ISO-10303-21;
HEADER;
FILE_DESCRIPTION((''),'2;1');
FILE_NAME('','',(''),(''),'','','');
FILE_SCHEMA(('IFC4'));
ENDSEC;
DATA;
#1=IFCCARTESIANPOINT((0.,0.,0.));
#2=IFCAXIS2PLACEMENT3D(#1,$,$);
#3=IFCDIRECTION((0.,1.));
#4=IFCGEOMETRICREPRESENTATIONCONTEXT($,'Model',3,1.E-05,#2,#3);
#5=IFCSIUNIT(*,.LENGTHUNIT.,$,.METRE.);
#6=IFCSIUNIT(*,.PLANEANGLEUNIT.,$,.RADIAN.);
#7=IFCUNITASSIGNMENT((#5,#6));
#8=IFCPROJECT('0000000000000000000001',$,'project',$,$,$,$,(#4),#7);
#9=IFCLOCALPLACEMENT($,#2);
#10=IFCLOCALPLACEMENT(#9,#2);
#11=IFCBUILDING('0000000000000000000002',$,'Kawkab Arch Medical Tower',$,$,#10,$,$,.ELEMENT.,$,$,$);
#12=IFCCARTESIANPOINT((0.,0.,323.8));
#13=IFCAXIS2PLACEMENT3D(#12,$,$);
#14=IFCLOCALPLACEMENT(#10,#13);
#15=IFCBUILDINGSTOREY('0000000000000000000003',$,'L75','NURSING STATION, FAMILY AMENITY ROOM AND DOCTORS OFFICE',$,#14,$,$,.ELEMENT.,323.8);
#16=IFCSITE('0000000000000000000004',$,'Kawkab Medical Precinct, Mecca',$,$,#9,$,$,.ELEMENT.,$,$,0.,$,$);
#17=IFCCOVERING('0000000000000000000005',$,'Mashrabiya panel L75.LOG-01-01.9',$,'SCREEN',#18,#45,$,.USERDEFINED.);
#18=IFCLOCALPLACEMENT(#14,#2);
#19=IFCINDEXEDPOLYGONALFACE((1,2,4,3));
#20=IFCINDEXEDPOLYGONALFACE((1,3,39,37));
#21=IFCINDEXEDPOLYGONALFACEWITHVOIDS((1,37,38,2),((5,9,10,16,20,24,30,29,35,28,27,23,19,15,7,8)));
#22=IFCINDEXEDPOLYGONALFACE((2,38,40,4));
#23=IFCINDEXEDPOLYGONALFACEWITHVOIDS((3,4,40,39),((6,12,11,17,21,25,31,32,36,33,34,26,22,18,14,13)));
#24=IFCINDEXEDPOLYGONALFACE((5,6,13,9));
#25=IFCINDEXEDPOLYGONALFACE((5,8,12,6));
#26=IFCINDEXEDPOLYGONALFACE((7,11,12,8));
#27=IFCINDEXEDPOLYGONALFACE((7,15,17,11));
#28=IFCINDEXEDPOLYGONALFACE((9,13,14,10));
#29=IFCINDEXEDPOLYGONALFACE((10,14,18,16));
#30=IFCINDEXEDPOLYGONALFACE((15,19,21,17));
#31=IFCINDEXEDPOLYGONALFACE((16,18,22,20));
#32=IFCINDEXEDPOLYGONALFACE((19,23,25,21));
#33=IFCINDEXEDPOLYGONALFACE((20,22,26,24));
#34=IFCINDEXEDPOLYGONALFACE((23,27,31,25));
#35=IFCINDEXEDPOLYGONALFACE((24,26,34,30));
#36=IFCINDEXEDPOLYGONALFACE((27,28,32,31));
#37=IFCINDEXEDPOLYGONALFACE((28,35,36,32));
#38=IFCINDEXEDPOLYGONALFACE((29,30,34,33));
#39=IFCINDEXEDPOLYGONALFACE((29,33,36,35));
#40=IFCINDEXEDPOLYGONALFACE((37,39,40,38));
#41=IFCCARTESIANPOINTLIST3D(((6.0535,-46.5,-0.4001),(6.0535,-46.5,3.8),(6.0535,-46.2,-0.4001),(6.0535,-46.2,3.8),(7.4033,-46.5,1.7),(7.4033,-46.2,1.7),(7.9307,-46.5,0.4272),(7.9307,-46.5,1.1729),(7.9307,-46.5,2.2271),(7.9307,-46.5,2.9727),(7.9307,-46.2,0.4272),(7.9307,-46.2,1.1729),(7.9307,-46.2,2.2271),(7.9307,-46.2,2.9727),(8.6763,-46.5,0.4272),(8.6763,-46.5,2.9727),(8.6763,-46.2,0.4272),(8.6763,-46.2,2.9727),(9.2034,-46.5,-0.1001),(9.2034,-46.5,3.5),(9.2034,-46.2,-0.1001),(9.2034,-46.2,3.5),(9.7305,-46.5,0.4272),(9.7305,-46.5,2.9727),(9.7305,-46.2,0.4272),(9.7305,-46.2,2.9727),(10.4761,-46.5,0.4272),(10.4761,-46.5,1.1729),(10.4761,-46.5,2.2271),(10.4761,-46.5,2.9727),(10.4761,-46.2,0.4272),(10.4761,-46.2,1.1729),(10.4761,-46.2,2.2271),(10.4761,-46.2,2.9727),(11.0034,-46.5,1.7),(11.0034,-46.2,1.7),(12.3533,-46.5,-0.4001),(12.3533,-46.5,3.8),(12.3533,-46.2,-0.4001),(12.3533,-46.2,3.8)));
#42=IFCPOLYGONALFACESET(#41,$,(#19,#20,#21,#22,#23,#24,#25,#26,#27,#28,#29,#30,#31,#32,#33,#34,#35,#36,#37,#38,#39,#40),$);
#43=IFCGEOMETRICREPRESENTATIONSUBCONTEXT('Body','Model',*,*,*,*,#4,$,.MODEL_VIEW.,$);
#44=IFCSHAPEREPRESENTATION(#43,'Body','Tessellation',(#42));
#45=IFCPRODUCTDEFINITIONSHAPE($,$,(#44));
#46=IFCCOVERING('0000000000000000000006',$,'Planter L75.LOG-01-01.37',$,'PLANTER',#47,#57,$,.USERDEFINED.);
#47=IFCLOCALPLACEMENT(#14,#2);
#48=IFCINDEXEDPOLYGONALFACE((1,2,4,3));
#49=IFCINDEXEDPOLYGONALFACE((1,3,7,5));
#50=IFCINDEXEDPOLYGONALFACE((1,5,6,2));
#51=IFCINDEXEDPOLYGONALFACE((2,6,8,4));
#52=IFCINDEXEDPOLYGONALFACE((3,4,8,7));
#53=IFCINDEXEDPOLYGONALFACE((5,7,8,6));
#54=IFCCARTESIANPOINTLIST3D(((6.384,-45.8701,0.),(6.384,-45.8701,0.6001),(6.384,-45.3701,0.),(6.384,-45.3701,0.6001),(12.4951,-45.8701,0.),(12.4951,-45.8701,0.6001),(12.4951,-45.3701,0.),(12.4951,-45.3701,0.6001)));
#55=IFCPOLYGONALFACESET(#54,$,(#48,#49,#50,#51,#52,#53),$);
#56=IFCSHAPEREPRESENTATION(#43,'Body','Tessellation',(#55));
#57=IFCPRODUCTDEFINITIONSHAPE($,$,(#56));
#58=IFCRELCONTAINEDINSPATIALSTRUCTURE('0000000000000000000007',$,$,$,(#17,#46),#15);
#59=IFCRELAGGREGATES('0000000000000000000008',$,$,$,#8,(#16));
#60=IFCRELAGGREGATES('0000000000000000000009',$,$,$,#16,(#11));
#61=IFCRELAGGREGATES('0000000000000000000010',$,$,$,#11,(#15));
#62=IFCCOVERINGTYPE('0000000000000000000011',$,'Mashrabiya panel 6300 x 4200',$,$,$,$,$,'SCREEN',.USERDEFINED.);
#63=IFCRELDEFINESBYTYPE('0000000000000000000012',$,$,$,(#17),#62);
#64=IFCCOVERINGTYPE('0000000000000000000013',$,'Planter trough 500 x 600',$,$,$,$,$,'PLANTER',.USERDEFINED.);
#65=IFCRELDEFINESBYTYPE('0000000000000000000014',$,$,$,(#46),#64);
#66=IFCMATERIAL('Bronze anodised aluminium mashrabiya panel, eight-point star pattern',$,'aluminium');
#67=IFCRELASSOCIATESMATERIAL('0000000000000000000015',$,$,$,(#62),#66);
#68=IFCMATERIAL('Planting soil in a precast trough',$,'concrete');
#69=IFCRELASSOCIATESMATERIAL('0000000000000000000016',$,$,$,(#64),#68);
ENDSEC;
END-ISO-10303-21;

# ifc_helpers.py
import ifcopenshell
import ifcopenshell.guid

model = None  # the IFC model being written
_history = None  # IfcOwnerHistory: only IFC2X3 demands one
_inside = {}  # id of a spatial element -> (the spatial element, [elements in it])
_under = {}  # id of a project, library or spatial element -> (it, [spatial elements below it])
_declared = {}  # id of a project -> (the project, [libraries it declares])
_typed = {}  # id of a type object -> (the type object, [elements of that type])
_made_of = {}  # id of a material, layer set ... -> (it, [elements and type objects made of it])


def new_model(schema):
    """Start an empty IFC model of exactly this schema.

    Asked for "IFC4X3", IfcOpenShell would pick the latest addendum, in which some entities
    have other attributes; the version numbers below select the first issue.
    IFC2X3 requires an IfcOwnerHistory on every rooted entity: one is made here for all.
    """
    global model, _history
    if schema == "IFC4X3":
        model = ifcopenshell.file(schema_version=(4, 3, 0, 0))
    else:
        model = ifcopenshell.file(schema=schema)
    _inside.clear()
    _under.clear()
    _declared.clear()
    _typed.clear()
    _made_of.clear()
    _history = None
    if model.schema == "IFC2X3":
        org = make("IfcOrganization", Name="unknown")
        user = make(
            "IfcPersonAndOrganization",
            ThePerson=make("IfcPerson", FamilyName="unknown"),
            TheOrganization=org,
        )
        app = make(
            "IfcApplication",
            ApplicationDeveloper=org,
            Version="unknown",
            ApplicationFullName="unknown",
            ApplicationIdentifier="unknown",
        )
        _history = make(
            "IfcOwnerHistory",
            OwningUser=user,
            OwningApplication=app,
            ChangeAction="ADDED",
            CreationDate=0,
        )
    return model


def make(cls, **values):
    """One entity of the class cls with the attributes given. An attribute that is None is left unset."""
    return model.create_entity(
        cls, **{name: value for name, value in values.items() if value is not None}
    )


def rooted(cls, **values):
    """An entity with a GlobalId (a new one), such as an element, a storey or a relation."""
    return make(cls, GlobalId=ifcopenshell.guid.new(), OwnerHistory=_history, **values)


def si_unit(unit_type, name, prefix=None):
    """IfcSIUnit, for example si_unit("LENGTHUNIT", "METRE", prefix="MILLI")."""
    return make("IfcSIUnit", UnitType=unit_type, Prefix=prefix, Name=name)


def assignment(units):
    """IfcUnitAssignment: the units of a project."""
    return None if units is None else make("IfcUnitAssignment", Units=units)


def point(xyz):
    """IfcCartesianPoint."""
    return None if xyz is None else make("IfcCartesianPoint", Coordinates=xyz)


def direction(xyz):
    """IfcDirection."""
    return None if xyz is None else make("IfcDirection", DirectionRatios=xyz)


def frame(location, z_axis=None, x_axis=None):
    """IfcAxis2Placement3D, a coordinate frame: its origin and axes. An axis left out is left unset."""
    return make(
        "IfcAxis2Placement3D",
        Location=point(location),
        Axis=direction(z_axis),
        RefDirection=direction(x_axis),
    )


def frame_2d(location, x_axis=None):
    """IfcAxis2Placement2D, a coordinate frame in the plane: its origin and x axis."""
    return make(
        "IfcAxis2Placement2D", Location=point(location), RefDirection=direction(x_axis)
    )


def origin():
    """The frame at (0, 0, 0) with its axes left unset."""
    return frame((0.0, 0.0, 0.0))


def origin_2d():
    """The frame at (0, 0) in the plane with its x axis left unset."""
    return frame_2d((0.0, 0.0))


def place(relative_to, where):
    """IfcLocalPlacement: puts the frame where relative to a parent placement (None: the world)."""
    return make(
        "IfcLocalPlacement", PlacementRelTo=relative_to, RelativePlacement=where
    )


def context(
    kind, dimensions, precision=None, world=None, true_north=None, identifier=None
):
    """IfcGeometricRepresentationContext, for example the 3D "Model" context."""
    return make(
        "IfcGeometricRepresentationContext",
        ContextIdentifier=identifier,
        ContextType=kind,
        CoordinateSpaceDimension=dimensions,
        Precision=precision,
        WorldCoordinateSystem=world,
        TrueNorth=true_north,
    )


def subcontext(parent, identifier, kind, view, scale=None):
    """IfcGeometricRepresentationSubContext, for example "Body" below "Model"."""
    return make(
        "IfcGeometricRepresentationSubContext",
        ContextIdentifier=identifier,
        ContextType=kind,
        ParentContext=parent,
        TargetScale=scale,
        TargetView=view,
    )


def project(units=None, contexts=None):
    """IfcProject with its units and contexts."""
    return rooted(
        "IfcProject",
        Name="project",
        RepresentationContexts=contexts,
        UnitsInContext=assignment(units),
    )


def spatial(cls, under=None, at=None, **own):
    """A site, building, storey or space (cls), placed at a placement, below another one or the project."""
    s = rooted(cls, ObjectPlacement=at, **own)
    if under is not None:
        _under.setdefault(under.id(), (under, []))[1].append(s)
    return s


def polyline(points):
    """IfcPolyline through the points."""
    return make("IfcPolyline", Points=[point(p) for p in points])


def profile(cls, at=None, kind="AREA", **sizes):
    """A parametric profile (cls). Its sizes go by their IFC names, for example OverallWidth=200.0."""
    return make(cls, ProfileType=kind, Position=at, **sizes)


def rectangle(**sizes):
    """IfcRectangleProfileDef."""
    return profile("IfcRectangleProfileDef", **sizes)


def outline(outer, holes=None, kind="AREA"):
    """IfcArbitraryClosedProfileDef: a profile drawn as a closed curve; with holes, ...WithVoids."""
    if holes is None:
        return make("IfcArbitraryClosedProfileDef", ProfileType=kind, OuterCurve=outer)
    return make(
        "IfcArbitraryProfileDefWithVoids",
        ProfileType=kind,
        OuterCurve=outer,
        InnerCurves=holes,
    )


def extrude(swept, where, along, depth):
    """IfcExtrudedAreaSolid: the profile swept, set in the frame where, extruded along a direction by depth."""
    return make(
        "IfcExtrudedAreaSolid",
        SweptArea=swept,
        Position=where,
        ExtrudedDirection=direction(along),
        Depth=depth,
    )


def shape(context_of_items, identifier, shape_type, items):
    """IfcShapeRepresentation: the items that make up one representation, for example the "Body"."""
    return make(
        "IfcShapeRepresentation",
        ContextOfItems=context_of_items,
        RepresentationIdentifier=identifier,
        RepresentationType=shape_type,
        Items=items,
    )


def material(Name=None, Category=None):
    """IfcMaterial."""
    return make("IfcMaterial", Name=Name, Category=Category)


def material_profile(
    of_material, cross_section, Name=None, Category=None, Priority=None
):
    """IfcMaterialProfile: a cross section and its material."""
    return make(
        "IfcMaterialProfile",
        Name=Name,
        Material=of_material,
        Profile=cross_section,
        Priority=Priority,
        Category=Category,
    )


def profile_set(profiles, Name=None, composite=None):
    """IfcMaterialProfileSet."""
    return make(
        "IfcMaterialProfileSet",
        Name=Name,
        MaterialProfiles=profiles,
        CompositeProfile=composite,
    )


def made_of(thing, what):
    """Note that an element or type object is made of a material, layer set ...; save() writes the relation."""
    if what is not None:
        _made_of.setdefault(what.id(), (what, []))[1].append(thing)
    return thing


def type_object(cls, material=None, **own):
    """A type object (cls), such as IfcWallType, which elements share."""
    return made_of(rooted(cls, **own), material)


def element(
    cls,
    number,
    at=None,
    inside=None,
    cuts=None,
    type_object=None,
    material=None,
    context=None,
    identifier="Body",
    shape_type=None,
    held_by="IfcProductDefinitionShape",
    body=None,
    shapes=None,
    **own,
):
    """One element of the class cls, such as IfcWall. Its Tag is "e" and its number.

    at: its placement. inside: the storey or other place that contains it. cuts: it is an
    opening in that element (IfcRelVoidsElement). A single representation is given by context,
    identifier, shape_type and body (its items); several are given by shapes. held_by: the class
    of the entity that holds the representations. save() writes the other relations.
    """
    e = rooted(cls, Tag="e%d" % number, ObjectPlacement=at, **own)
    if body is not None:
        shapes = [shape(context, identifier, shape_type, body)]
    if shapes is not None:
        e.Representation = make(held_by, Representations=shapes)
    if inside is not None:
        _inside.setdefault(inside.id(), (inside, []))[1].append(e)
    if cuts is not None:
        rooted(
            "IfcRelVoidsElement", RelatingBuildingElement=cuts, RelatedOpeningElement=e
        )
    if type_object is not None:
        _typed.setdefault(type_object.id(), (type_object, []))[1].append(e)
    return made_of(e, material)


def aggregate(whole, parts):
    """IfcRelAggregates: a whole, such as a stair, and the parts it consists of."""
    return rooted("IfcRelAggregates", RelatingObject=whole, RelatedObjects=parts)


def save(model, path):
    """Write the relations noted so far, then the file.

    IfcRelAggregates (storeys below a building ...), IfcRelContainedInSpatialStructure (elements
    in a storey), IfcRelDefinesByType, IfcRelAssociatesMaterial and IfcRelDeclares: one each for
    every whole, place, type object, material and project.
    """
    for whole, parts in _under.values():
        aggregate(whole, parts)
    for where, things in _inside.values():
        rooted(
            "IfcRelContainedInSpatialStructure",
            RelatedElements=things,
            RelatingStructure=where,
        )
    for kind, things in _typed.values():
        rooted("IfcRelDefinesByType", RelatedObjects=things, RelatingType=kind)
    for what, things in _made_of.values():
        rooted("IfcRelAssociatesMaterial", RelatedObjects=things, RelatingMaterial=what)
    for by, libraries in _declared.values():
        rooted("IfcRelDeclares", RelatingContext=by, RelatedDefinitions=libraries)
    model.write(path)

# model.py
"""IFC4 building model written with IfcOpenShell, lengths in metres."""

from ifc_helpers import new_model, si_unit, direction, frame, origin, origin_2d, place, context, subcontext, project, spatial, polyline, rectangle, outline, extrude, material, material_profile, profile_set, type_object, element, save


model = new_model("IFC4")

# Units and contexts
model_context = context("Model", 3, precision=1e-05, world=origin(), true_north=direction((0.0, 1.0)))
body_context = subcontext(model_context, "Body", "Model", "MODEL_VIEW")
ifc_project = project(units=[si_unit("LENGTHUNIT", "METRE"), si_unit("PLANEANGLEUNIT", "RADIAN")], contexts=[model_context])

# Site, building, storey
site_placement = place(None, origin())
site = spatial("IfcSite", under=ifc_project, at=site_placement, Name="Kawkab Medical Precinct, Mecca", CompositionType="ELEMENT", RefElevation=0.0)
building_placement = place(site_placement, origin())
building = spatial("IfcBuilding", under=site, at=building_placement, Name="Kawkab Arch Medical Tower", CompositionType="ELEMENT")
storey_placement = place(building_placement, frame((0.0, 0.0, 323.8)))
storey = spatial("IfcBuildingStorey", under=building, at=storey_placement, Name="L75", Description="NURSING STATION, FAMILY AMENITY ROOM AND DOCTORS OFFICE", CompositionType="ELEMENT", Elevation=323.8)

# Coverings
ifc_material_1 = material(Name="Bronze anodised aluminium mashrabiya panel, eight-point star pattern", Category="aluminium")
ifc_material_profile_1 = material_profile(ifc_material_1, outline(polyline([(-3.1499, -2.1001), (3.1499, -2.1001), (3.1499, 2.1001), (-3.1499, 2.1001), (-3.1499, -2.1001)]), holes=[polyline([(1.8, 0.0), (1.2727, 0.5271), (1.2727, 1.2727), (0.5271, 1.2727), (0.0, 1.8), (-0.5271, 1.2727), (-1.2727, 1.2727), (-1.2727, 0.5271), (-1.8, 0.0), (-1.2727, -0.5271), (-1.2727, -1.2727), (-0.5271, -1.2727), (0.0, -1.8), (0.5271, -1.2727), (1.2727, -1.2727), (1.2727, -0.5271), (1.8, 0.0)])]), Name="Mashrabiya panel 6300x4200")
ifc_profile_set_1 = profile_set([ifc_material_profile_1], Name="Bronze anodised aluminium mashrabiya panel, eight-point star pattern")
covering_type_1 = type_object("IfcCoveringType", Name="Mashrabiya panel 6300 x 4200", ElementType="SCREEN", PredefinedType="USERDEFINED", material=ifc_profile_set_1)
covering_1_placement = place(storey_placement, frame((9.2034, -46.2, 1.7), z_axis=(0.0, -1.0, 0.0), x_axis=(1.0, 0.0, 0.0)))
element("IfcCovering", 1, at=covering_1_placement, inside=storey, type_object=covering_type_1, Name="Mashrabiya panel L75.LOG-01-01.9", ObjectType="SCREEN", PredefinedType="USERDEFINED", context=body_context, shape_type="SweptSolid", body=[
    extrude(outline(polyline([(-3.1499, -2.1001), (3.1499, -2.1001), (3.1499, 2.1001), (-3.1499, 2.1001), (-3.1499, -2.1001)]), holes=[polyline([(1.8, 0.0), (1.2727, 0.5271), (1.2727, 1.2727), (0.5271, 1.2727), (0.0, 1.8), (-0.5271, 1.2727), (-1.2727, 1.2727), (-1.2727, 0.5271), (-1.8, 0.0), (-1.2727, -0.5271), (-1.2727, -1.2727), (-0.5271, -1.2727), (0.0, -1.8), (0.5271, -1.2727), (1.2727, -1.2727), (1.2727, -0.5271), (1.8, 0.0)])]), origin(), (0.0, 0.0, 1.0), 0.3),
])
ifc_material_2 = material(Name="Planting soil in a precast trough", Category="concrete")
ifc_material_profile_2 = material_profile(ifc_material_2, rectangle(XDim=0.5, YDim=0.6001, at=origin_2d()), Name="Trough 500x600")
ifc_profile_set_2 = profile_set([ifc_material_profile_2], Name="Planting soil in a precast trough")
covering_type_2 = type_object("IfcCoveringType", Name="Planter trough 500 x 600", ElementType="PLANTER", PredefinedType="USERDEFINED", material=ifc_profile_set_2)
covering_2_placement = place(storey_placement, frame((12.4951, -45.6201, 0.3), z_axis=(-1.0, 0.0, 0.0), x_axis=(0.0, -1.0, 0.0)))
element("IfcCovering", 2, at=covering_2_placement, inside=storey, type_object=covering_type_2, Name="Planter L75.LOG-01-01.37", ObjectType="PLANTER", PredefinedType="USERDEFINED", context=body_context, shape_type="SweptSolid", body=[
    extrude(rectangle(XDim=0.5, YDim=0.6001, at=origin_2d()), origin(), (0.0, 0.0, 1.0), 6.1111),
])

save(model, "model.ifc")
